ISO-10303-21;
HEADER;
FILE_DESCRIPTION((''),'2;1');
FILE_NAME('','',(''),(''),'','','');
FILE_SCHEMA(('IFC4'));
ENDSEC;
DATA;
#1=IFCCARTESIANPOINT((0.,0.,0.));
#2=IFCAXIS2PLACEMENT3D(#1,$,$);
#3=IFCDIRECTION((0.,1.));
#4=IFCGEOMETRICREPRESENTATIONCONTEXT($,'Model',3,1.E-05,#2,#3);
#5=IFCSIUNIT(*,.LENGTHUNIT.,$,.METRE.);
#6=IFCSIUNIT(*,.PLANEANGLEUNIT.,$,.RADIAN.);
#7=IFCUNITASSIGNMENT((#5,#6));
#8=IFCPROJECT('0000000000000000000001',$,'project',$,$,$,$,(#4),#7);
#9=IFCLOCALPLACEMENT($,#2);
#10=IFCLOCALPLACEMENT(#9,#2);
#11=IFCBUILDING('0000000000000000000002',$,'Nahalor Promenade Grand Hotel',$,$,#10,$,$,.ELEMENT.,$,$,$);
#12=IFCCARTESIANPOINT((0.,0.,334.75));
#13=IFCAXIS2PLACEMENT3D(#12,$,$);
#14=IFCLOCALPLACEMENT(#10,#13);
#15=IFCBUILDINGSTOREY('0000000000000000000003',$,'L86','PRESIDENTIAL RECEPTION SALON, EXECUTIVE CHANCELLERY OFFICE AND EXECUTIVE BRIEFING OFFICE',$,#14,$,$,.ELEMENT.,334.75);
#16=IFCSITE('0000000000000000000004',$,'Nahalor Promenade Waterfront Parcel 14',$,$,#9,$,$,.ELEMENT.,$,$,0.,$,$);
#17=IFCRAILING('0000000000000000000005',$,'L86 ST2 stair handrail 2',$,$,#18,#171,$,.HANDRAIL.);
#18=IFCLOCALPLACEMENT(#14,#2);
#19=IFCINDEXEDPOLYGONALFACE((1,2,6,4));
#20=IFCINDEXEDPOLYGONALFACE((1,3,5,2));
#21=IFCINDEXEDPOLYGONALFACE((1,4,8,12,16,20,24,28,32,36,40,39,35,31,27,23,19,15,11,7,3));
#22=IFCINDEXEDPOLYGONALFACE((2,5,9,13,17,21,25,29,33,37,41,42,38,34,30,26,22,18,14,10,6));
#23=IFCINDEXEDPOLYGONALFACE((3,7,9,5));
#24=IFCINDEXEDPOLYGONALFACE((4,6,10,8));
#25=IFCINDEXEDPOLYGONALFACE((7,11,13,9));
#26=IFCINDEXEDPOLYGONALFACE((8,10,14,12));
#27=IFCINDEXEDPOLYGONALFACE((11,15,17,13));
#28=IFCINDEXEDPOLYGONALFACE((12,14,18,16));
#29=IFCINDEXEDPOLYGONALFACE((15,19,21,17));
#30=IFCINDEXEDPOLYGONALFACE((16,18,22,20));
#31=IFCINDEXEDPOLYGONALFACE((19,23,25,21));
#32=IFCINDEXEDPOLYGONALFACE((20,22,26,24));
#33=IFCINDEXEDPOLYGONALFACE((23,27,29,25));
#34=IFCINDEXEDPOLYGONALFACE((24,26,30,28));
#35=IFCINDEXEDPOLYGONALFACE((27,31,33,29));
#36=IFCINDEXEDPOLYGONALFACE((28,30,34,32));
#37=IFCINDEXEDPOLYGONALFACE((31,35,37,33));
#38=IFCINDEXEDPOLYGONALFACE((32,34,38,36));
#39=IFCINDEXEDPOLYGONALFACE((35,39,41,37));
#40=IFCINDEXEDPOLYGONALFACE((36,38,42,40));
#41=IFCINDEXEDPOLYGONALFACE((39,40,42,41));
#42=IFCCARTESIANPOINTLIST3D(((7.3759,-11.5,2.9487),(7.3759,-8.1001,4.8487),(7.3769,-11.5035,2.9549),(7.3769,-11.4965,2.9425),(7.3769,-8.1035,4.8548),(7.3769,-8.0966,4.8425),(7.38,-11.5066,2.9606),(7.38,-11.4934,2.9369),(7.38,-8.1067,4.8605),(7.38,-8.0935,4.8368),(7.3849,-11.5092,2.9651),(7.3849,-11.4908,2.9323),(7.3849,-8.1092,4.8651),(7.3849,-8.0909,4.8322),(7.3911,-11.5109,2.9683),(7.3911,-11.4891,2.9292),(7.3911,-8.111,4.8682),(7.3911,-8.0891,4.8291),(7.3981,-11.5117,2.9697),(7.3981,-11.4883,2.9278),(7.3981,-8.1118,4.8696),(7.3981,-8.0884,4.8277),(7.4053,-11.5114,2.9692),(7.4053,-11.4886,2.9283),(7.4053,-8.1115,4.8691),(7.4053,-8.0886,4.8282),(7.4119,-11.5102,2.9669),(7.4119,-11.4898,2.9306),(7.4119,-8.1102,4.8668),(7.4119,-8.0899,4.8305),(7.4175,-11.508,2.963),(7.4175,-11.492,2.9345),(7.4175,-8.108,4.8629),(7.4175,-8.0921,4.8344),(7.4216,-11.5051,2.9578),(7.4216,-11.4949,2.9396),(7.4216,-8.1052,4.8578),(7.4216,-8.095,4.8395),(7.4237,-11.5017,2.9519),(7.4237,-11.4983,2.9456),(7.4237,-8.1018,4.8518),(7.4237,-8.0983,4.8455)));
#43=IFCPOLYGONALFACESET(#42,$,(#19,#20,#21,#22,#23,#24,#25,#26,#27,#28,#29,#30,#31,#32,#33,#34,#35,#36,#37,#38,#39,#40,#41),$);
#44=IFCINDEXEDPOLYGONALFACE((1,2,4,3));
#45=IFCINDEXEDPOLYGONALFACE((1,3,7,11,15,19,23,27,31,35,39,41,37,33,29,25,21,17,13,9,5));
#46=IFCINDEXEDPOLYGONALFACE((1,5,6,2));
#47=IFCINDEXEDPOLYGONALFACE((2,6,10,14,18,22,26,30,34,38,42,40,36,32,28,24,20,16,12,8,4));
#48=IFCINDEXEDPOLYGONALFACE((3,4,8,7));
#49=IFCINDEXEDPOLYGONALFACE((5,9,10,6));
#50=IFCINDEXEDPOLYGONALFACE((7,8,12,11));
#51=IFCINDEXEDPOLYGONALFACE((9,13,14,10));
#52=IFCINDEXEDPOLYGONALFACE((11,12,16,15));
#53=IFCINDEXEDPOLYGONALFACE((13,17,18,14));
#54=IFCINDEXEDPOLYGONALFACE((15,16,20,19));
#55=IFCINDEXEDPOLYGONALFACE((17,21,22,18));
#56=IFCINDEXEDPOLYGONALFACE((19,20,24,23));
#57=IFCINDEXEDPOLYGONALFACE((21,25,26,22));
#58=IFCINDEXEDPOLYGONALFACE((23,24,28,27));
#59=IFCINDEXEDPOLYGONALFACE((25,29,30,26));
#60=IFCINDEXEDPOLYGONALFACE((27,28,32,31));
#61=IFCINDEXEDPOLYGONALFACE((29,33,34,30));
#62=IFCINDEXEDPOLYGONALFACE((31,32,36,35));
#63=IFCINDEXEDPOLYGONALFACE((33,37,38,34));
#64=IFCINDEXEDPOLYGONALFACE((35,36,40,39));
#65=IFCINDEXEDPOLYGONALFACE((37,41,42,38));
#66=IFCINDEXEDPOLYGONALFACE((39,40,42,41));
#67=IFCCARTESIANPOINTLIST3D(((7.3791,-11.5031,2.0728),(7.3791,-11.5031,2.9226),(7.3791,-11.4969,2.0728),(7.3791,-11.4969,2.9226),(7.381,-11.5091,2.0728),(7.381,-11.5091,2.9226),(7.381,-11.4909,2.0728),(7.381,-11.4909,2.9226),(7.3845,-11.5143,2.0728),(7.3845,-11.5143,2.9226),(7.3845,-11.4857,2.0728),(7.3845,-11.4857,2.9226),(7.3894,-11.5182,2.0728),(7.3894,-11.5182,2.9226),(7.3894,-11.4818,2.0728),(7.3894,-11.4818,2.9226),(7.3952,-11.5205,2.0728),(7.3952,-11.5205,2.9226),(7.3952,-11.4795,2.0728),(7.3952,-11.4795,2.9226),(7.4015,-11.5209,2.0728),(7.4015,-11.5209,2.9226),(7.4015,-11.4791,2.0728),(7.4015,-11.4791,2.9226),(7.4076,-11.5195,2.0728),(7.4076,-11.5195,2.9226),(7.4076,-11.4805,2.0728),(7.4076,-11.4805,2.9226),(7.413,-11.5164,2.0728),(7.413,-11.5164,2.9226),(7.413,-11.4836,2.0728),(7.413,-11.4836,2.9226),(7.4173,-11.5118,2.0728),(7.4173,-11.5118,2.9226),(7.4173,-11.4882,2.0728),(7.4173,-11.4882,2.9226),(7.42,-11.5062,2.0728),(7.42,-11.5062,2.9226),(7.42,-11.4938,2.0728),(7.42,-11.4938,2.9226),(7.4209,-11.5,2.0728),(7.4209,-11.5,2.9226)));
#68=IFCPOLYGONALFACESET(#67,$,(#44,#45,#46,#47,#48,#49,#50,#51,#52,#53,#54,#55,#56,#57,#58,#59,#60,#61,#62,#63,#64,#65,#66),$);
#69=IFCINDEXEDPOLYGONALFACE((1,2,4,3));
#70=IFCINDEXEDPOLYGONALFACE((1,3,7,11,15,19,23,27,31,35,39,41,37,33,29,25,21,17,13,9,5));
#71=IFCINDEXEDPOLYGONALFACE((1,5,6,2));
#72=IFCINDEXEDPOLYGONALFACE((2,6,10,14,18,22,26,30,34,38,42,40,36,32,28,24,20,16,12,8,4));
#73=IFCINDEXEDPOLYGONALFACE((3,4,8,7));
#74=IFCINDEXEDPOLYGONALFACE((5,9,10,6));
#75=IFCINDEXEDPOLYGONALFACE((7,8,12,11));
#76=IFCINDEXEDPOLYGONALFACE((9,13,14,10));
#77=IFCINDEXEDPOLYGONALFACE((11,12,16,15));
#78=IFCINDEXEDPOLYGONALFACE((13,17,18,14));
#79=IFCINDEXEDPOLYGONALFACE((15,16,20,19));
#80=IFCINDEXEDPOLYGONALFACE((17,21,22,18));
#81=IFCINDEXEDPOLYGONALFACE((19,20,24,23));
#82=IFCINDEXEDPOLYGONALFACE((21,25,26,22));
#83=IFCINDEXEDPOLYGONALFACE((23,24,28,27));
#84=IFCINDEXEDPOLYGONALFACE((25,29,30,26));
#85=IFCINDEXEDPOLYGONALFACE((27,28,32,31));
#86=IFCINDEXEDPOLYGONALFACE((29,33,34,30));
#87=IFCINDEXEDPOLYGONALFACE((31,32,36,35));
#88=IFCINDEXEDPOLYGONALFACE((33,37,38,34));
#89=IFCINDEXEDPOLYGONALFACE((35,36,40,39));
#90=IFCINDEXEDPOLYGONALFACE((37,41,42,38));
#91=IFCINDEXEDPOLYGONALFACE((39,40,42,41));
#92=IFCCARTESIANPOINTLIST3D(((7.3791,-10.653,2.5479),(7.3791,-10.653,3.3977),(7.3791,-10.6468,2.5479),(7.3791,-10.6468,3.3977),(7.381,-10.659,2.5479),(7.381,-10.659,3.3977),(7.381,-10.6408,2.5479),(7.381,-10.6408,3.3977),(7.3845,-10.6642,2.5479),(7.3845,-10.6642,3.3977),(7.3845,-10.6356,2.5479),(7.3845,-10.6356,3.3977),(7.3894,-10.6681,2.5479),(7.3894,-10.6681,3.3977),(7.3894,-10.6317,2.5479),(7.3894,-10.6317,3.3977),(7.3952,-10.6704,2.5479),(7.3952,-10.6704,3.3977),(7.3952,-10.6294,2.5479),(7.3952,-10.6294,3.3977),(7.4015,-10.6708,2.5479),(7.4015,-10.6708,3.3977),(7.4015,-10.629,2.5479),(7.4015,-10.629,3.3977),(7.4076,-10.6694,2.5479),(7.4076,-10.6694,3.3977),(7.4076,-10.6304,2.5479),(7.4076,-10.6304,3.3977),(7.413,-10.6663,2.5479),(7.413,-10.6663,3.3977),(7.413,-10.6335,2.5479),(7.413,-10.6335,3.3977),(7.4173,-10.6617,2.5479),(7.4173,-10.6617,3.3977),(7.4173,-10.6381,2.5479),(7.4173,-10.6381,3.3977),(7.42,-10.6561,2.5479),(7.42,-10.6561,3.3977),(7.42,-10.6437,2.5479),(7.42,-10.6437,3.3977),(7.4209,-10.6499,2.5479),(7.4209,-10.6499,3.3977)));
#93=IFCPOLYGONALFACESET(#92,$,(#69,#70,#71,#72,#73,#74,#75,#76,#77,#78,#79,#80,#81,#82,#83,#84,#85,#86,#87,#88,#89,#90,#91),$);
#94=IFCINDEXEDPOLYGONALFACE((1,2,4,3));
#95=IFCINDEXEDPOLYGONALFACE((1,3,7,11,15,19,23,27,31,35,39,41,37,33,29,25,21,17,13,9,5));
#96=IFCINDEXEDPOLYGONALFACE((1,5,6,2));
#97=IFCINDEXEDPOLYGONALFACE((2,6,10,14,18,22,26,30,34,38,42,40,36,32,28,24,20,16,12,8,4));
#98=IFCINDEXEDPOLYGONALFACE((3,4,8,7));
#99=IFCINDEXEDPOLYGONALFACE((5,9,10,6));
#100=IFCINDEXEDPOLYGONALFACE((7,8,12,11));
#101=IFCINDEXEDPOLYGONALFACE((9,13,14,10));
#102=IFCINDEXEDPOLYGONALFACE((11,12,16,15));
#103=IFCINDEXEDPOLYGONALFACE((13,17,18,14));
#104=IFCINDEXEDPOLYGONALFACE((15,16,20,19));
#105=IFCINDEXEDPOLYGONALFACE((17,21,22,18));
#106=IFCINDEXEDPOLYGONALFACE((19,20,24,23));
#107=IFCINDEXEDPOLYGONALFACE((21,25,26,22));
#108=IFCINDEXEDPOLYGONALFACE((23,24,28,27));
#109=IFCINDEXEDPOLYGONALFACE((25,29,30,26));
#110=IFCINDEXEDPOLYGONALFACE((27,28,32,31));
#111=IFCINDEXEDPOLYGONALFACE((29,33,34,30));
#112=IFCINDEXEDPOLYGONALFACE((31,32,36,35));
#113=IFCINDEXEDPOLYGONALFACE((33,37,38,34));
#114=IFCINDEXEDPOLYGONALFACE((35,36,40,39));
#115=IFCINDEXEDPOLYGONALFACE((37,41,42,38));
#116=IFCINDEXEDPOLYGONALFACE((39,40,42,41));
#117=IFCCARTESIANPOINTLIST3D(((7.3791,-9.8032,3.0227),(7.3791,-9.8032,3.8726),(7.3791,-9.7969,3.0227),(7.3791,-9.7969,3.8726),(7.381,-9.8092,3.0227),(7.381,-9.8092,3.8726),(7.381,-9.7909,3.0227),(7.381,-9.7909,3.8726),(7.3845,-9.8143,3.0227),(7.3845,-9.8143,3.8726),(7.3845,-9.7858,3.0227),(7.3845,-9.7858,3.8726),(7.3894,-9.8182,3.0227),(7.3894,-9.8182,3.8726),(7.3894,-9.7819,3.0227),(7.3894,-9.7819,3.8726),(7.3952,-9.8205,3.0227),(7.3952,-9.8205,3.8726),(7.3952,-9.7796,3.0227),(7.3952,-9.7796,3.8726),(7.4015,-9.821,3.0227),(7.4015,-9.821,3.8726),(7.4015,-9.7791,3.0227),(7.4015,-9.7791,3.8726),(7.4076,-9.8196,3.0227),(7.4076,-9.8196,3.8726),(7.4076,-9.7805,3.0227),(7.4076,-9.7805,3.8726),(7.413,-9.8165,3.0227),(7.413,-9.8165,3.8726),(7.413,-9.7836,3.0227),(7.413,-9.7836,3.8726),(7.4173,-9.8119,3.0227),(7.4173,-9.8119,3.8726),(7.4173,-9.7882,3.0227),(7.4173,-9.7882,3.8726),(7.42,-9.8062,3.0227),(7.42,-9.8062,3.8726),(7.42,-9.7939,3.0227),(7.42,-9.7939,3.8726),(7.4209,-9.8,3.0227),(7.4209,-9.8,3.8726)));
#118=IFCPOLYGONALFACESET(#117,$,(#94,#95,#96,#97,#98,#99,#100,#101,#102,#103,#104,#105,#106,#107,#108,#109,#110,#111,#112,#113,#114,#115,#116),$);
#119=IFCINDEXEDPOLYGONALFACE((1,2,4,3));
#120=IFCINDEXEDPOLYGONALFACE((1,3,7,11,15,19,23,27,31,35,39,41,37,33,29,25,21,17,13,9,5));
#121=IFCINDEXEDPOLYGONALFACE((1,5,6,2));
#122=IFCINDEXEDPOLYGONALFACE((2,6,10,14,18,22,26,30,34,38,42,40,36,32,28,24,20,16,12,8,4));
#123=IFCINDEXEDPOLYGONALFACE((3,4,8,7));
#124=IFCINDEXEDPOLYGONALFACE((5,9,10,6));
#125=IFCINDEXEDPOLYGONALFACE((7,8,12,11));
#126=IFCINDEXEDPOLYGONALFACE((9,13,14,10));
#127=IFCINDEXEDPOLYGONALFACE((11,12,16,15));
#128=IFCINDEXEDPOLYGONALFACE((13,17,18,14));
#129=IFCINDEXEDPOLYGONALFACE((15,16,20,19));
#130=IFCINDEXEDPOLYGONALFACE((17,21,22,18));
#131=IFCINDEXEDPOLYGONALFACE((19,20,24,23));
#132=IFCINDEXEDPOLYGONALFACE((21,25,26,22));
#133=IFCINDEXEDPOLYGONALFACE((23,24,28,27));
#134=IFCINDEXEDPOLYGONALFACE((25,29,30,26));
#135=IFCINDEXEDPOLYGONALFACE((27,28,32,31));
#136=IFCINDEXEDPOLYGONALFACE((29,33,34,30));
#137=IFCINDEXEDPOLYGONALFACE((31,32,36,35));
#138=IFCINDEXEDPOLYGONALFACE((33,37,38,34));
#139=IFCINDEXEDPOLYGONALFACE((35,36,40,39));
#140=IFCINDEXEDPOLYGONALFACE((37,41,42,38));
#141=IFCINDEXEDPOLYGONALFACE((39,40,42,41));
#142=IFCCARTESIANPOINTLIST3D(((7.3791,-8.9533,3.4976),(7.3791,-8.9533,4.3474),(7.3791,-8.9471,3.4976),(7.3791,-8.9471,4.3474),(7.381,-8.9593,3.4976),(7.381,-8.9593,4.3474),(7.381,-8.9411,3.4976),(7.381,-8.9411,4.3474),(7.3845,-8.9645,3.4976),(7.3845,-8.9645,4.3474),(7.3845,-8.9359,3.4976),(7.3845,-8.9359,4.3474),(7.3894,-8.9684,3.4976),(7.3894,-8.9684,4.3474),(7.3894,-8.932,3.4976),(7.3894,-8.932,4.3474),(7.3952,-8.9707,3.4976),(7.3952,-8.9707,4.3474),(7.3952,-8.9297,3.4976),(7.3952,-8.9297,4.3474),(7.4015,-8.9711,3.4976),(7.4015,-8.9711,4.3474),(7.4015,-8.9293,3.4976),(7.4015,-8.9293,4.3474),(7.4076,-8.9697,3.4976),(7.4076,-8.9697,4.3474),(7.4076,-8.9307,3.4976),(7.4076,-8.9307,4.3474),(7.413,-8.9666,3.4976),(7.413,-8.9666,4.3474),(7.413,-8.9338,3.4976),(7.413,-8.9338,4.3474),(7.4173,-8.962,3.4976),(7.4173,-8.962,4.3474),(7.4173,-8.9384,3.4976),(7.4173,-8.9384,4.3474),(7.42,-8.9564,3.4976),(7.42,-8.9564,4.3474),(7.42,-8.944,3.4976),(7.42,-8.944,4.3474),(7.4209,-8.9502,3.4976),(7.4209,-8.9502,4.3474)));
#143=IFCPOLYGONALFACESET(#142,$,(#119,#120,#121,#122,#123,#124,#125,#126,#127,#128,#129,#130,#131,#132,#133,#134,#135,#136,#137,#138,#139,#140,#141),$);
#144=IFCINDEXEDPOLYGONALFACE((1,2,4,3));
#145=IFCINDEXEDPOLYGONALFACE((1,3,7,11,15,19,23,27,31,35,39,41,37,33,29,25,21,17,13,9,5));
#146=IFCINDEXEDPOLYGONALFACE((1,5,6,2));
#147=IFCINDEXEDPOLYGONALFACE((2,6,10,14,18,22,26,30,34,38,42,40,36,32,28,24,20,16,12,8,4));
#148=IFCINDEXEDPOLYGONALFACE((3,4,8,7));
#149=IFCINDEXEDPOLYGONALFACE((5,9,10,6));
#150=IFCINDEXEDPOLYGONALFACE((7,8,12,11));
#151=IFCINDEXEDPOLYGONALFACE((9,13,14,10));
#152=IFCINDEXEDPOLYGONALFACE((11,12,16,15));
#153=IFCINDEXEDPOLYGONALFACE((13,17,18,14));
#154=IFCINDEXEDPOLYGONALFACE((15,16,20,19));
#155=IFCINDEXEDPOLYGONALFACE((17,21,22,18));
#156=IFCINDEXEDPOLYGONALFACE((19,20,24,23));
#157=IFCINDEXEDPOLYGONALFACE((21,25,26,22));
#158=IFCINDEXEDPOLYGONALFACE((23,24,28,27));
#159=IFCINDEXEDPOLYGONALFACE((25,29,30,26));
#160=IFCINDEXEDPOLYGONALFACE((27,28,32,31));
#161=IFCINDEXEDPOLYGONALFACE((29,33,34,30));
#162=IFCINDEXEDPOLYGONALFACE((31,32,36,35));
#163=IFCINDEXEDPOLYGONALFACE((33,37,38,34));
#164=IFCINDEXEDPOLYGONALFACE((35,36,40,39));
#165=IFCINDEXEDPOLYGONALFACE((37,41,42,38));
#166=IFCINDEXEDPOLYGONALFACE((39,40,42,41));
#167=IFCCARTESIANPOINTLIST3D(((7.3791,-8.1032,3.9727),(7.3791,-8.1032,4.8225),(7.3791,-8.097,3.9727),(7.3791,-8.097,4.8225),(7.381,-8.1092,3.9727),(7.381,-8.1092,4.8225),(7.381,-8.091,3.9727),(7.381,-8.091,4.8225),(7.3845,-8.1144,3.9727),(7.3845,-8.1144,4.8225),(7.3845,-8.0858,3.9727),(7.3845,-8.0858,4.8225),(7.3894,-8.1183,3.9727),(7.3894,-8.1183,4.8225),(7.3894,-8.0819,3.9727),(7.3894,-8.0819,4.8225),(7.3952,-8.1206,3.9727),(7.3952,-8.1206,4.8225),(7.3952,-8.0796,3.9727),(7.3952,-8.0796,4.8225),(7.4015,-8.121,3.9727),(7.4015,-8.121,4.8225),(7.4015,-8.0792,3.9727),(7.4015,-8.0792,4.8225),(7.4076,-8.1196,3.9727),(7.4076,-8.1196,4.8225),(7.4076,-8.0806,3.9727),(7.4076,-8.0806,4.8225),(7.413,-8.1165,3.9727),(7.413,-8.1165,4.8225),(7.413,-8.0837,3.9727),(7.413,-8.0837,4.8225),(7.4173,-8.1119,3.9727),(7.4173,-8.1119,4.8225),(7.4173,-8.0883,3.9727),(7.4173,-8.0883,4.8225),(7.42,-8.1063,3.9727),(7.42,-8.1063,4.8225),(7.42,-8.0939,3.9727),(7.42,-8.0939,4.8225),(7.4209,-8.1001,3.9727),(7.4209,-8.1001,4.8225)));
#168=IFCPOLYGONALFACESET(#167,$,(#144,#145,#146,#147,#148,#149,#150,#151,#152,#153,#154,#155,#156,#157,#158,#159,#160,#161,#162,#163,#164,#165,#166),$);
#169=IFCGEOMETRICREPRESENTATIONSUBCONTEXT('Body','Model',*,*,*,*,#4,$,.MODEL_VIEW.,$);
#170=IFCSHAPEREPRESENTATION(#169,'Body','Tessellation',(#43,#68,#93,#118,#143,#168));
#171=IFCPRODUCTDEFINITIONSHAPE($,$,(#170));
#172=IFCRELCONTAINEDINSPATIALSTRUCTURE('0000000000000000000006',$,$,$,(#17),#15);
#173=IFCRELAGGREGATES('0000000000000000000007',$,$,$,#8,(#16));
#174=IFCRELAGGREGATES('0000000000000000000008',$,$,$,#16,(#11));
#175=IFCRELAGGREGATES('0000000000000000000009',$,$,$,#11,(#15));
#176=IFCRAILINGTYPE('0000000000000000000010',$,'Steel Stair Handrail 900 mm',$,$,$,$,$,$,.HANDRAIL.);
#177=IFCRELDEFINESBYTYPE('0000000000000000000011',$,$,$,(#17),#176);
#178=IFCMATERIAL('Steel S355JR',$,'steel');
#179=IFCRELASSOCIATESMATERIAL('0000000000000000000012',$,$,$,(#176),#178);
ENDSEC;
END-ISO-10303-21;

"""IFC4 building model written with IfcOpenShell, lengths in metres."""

from ifc_helpers import new_model, si_unit, direction, frame, origin, origin_2d, place, context, subcontext, project, spatial, circle, extrude, material, type_object, element, save


model = new_model("IFC4")

# Units and contexts
model_context = context("Model", 3, precision=1e-05, world=origin(), true_north=direction((0.0, 1.0)))
body_context = subcontext(model_context, "Body", "Model", "MODEL_VIEW")
ifc_project = project(units=[si_unit("LENGTHUNIT", "METRE"), si_unit("PLANEANGLEUNIT", "RADIAN")], contexts=[model_context])

# Site, building, storey
site_placement = place(None, origin())
site = spatial("IfcSite", under=ifc_project, at=site_placement, Name="Nahalor Promenade Waterfront Parcel 14", CompositionType="ELEMENT", RefElevation=0.0)
building_placement = place(site_placement, origin())
building = spatial("IfcBuilding", under=site, at=building_placement, Name="Nahalor Promenade Grand Hotel", CompositionType="ELEMENT")
storey_placement = place(building_placement, frame((0.0, 0.0, 334.75)))
storey = spatial("IfcBuildingStorey", under=building, at=storey_placement, Name="L86", Description="PRESIDENTIAL RECEPTION SALON, EXECUTIVE CHANCELLERY OFFICE AND EXECUTIVE BRIEFING OFFICE", CompositionType="ELEMENT", Elevation=334.75)

# Shared definitions
ifc_material_1 = material(Name="Steel S355JR", Category="steel")

# Railing
railing_type_1 = type_object("IfcRailingType", Name="Steel Stair Handrail 900 mm", PredefinedType="HANDRAIL", material=ifc_material_1)
railing_1_placement = place(storey_placement, frame((7.3999, -11.5, 2.0728)))
element("IfcRailing", 1, at=railing_1_placement, inside=storey, type_object=railing_type_1, Name="L86 ST2 stair handrail 2", PredefinedType="HANDRAIL", context=body_context, shape_type="SweptSolid", body=[
    extrude(circle(Radius=0.024, at=origin_2d()), frame((0.0, 0.0, 0.876), z_axis=(0.0, 0.872948, 0.487813), x_axis=(-1.0, 0.0, 0.0)), (0.0, 0.0, 1.0), 3.8948),
    extrude(circle(Radius=0.021, at=origin_2d()), origin(), (0.0, 0.0, 1.0), 0.8499),
    extrude(circle(Radius=0.021, at=origin_2d()), frame((0.0, 0.8501, 0.4751)), (0.0, 0.0, 1.0), 0.8499),
    extrude(circle(Radius=0.021, at=origin_2d()), frame((0.0, 1.7, 0.95)), (0.0, 0.0, 1.0), 0.8499),
    extrude(circle(Radius=0.021, at=origin_2d()), frame((0.0, 2.5498, 1.4248)), (0.0, 0.0, 1.0), 0.8499),
    extrude(circle(Radius=0.021, at=origin_2d()), frame((0.0, 3.3999, 1.8999)), (0.0, 0.0, 1.0), 0.8499),
])

save(model, "model.ifc")
